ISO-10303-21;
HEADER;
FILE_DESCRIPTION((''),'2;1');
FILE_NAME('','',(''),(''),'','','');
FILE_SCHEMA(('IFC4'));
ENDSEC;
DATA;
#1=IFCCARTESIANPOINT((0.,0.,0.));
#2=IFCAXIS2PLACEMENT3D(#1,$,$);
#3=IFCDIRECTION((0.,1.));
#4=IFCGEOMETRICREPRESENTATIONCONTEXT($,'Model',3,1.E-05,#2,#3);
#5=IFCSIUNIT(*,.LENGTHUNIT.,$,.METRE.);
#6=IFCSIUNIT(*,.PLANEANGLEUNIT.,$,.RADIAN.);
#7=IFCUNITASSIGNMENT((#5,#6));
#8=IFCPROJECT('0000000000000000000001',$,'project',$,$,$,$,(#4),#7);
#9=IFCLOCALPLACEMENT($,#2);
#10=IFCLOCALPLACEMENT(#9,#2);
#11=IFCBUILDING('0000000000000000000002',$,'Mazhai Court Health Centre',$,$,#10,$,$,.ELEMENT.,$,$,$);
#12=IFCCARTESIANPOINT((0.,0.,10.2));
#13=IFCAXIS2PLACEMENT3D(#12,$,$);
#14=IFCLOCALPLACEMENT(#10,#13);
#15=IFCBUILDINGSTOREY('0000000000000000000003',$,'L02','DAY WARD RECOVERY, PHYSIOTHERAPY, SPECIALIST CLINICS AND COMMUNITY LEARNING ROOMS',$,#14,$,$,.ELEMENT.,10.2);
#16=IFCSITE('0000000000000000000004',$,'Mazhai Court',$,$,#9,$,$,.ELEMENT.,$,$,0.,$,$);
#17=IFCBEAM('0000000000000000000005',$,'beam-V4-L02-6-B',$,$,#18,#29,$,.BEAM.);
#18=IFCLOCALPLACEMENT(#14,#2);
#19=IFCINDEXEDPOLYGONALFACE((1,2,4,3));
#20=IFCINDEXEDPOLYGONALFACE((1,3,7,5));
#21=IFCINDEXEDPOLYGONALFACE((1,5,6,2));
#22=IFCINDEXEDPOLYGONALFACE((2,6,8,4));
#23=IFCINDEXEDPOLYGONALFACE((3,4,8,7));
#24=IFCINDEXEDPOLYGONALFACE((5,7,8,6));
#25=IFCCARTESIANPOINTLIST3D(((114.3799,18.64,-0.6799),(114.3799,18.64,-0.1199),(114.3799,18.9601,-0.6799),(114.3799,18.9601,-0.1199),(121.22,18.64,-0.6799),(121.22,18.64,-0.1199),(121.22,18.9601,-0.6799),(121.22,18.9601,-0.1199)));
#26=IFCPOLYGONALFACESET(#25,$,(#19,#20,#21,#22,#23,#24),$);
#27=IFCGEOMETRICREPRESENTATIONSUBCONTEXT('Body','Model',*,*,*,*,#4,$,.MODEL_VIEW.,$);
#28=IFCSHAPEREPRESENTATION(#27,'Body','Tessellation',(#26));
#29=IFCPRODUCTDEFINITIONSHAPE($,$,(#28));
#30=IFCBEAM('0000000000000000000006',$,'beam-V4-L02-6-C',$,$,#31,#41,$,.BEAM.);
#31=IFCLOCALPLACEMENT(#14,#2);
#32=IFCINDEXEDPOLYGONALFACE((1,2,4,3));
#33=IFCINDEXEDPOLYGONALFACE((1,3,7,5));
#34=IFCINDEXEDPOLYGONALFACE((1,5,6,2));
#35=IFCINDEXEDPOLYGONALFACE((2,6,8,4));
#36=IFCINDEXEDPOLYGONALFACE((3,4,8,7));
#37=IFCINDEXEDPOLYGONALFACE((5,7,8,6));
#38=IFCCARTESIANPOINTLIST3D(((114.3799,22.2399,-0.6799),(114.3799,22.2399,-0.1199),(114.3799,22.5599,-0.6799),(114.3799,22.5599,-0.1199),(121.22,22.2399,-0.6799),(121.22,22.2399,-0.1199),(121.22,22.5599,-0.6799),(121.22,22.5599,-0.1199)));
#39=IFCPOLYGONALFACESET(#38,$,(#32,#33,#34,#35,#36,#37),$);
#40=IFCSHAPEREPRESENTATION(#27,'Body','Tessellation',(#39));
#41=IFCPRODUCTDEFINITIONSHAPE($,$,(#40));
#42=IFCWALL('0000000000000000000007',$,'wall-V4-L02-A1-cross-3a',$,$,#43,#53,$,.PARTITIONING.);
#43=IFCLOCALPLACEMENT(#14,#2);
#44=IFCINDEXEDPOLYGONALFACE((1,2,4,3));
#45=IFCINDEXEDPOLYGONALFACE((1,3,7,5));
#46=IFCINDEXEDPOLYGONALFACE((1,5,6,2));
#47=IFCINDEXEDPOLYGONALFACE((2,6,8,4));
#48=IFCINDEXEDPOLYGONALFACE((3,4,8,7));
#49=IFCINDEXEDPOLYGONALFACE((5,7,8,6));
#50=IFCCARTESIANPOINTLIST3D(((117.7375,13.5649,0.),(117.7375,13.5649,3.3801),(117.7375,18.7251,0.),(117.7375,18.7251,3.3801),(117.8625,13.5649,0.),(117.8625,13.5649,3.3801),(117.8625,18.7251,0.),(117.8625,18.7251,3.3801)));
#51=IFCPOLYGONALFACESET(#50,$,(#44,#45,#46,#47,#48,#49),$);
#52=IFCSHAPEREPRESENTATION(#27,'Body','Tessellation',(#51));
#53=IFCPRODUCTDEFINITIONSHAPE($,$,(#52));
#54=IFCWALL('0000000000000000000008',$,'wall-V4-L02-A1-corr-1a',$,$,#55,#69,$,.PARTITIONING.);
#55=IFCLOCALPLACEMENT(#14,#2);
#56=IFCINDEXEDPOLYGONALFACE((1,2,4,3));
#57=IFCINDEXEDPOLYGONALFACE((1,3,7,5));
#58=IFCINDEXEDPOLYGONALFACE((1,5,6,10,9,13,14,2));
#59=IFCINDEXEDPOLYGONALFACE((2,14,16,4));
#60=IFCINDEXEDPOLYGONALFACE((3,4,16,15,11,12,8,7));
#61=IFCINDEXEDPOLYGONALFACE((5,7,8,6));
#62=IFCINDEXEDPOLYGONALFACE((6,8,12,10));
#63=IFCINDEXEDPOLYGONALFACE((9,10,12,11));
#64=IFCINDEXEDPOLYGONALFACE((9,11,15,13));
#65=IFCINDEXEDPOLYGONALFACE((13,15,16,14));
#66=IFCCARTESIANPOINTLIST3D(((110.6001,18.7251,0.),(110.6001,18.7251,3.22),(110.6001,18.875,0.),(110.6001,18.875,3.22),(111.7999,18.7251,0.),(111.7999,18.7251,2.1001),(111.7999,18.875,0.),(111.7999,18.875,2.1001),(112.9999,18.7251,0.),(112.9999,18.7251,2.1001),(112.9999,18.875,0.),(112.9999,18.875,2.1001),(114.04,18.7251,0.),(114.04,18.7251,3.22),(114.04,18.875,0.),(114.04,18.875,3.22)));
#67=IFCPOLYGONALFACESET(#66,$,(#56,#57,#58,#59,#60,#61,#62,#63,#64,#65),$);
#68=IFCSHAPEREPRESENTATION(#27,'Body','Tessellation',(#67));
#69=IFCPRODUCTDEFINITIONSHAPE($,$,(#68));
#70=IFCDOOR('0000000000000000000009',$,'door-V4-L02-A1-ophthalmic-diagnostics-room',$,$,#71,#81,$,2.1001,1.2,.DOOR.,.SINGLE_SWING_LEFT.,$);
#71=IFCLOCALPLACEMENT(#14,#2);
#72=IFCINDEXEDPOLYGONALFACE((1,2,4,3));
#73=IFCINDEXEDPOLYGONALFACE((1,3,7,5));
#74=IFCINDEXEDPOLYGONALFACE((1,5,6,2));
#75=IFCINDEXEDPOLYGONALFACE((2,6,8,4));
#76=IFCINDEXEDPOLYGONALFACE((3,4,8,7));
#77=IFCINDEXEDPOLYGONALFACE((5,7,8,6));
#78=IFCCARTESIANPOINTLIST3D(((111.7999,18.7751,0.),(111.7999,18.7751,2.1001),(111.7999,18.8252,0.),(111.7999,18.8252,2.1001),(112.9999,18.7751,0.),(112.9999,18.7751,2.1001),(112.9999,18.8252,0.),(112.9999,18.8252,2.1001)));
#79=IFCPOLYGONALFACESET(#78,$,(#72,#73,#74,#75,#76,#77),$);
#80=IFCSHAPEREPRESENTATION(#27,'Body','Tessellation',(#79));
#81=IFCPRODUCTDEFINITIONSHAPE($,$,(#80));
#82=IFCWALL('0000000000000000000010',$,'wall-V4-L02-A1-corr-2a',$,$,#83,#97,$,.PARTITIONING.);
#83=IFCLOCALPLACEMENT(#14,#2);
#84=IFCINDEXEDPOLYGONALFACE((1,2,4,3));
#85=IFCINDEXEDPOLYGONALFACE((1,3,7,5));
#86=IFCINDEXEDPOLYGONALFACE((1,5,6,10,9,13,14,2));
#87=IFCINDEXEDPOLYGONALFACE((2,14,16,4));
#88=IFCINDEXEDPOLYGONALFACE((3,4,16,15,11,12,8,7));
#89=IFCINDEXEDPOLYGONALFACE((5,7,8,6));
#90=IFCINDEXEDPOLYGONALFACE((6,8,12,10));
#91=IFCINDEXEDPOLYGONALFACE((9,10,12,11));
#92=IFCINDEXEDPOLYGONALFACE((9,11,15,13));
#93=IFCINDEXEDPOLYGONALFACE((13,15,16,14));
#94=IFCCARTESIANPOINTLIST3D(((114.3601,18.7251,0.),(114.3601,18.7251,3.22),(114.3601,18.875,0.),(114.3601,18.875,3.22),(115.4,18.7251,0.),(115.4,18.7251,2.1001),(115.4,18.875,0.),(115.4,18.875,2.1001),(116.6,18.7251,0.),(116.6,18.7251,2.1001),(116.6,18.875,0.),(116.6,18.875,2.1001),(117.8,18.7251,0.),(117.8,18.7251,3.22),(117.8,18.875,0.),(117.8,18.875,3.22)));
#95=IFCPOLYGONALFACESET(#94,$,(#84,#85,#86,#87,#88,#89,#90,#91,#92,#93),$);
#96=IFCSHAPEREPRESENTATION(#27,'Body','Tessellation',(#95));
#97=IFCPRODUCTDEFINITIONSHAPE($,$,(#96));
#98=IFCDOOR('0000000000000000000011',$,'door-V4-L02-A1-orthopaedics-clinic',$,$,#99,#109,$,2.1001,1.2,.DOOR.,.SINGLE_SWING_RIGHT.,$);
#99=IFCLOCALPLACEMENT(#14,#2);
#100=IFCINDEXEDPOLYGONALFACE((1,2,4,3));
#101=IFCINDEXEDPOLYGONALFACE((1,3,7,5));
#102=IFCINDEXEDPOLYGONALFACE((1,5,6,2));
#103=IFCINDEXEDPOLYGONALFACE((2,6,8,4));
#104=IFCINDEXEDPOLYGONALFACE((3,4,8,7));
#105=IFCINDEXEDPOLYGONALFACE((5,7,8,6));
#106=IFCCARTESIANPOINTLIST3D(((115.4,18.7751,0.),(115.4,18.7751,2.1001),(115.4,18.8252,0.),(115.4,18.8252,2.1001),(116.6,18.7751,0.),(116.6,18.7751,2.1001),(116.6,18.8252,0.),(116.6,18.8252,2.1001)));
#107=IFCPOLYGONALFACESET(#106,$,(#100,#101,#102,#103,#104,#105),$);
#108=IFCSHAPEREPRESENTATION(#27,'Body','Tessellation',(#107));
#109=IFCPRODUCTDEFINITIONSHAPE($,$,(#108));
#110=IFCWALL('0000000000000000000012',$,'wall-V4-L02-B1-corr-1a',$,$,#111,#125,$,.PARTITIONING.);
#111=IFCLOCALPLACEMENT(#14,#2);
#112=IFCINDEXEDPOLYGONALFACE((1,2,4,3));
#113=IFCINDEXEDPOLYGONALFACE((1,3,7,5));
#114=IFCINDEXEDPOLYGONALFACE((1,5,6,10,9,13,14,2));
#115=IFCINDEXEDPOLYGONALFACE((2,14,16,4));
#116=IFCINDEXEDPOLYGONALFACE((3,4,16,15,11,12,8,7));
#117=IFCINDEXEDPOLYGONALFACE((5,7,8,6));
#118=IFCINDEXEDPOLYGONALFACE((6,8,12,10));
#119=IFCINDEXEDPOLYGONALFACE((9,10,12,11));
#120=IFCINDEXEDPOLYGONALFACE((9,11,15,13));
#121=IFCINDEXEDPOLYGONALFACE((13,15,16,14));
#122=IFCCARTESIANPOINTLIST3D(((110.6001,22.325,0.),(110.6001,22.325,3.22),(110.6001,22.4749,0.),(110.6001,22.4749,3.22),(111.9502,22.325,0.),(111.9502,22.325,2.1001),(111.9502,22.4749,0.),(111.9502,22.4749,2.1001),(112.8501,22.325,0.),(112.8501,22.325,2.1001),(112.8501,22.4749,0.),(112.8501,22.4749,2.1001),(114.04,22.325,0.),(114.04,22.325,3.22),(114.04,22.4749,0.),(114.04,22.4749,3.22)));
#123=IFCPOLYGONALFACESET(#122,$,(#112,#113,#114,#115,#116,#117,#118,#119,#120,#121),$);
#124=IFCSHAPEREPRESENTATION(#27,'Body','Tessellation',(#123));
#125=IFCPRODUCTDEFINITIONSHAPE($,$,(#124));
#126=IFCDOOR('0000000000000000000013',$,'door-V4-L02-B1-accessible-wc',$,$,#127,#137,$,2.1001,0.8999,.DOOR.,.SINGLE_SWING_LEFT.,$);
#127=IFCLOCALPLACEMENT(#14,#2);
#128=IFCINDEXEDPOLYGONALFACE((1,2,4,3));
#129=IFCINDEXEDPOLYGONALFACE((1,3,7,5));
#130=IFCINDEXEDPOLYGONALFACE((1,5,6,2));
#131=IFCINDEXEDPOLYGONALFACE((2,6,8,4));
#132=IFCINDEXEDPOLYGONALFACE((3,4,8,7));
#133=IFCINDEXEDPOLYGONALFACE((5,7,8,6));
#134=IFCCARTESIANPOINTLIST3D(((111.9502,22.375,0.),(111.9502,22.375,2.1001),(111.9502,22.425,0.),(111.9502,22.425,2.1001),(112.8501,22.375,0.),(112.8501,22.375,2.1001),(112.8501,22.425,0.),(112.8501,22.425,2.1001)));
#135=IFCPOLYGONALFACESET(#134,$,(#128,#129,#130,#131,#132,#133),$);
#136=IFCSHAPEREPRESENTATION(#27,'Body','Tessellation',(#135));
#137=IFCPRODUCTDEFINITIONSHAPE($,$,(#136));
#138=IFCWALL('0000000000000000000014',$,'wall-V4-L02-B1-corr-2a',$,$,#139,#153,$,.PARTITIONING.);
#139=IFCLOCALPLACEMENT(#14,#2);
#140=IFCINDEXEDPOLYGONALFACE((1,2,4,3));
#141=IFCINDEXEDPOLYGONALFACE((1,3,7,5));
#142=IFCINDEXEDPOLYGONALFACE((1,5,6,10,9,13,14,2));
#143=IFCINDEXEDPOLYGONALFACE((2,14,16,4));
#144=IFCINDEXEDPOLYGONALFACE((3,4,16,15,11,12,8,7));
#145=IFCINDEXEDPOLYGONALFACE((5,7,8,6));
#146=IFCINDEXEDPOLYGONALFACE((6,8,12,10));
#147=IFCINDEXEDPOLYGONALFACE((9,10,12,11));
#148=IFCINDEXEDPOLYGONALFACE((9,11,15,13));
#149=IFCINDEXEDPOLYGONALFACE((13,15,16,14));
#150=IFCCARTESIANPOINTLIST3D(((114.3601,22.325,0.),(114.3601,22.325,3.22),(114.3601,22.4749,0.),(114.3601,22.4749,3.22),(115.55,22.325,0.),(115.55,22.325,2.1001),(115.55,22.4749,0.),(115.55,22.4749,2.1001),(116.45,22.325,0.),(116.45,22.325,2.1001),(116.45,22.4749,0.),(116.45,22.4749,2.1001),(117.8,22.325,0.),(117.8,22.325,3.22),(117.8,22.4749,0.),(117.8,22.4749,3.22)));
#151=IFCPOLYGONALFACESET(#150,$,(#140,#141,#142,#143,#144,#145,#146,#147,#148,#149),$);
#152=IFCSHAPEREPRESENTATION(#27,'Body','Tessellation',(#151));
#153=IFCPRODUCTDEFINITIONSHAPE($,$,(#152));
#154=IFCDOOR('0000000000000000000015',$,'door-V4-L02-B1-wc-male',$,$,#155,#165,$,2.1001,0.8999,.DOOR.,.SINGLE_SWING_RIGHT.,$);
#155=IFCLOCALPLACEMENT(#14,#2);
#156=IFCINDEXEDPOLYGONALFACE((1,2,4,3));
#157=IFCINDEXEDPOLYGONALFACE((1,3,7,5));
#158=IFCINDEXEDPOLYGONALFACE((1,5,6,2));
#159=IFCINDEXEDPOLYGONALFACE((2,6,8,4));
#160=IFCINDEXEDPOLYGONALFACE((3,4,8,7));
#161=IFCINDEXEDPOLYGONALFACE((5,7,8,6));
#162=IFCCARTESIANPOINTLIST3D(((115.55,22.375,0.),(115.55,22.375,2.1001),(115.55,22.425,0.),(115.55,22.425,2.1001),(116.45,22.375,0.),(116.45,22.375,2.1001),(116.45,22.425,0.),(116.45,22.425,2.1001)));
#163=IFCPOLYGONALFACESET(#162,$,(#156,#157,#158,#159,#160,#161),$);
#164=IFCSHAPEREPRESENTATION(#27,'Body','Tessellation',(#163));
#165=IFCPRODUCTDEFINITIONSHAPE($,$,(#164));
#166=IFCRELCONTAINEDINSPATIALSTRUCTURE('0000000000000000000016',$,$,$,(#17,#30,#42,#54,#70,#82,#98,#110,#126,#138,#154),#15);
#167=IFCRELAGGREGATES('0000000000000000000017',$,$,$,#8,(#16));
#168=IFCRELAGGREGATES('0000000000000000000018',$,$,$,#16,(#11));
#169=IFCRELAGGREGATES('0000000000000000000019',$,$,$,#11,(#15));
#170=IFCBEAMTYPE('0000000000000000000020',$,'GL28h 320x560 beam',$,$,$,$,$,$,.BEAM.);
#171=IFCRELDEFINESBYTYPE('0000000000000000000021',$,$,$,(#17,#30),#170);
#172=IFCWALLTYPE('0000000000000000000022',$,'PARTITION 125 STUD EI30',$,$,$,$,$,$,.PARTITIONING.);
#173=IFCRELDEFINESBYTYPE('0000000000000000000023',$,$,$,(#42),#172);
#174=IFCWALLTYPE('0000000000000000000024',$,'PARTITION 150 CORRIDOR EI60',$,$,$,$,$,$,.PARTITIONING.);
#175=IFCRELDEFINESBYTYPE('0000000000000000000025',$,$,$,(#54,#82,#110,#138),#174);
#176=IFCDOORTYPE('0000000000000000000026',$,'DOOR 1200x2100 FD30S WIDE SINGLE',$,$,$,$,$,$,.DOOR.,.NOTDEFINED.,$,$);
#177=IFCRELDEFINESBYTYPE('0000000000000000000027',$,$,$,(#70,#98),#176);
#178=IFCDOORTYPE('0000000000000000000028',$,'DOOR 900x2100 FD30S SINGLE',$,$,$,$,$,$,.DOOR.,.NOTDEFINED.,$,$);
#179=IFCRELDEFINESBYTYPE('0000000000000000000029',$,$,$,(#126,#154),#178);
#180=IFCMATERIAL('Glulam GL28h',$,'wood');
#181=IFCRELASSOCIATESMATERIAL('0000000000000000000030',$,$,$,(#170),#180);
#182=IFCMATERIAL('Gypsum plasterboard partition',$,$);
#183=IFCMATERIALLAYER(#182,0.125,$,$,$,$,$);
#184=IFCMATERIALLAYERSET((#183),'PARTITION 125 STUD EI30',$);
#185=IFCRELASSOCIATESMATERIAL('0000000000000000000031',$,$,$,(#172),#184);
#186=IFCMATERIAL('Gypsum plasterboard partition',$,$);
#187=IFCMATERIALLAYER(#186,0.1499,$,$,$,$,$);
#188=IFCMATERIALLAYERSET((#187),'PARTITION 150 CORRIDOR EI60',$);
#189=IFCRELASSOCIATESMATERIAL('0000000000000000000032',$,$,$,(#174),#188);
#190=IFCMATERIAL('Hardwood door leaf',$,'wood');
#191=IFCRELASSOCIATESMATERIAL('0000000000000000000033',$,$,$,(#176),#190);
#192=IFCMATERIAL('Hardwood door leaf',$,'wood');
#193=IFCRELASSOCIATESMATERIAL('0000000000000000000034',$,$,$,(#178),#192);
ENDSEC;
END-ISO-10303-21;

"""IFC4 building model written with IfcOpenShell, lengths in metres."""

from ifc_helpers import new_model, si_unit, direction, frame, frame_2d, origin, origin_2d, place, context, subcontext, project, spatial, rectangle, extrude, material, layer, layer_set, material_profile, profile_set, type_object, element, fill, save


model = new_model("IFC4")

# Units and contexts
model_context = context("Model", 3, precision=1e-05, world=origin(), true_north=direction((0.0, 1.0)))
body_context = subcontext(model_context, "Body", "Model", "MODEL_VIEW")
ifc_project = project(units=[si_unit("LENGTHUNIT", "METRE"), si_unit("PLANEANGLEUNIT", "RADIAN")], contexts=[model_context])

# Site, building, storey
site_placement = place(None, origin())
site = spatial("IfcSite", under=ifc_project, at=site_placement, Name="Mazhai Court", CompositionType="ELEMENT", RefElevation=0.0)
building_placement = place(site_placement, origin())
building = spatial("IfcBuilding", under=site, at=building_placement, Name="Mazhai Court Health Centre", CompositionType="ELEMENT")
storey_placement = place(building_placement, frame((0.0, 0.0, 10.2)))
storey = spatial("IfcBuildingStorey", under=building, at=storey_placement, Name="L02", Description="DAY WARD RECOVERY, PHYSIOTHERAPY, SPECIALIST CLINICS AND COMMUNITY LEARNING ROOMS", CompositionType="ELEMENT", Elevation=10.2)

# Beams
ifc_material_1 = material(Name="Glulam GL28h", Category="wood")
ifc_material_profile_1 = material_profile(ifc_material_1, rectangle(XDim=0.3201, YDim=0.5601, at=origin_2d()), Name="GL28h 320x560")
ifc_profile_set_1 = profile_set([ifc_material_profile_1], Name="Glulam GL28h")
beam_type_1 = type_object("IfcBeamType", Name="GL28h 320x560 beam", PredefinedType="BEAM", material=ifc_profile_set_1)
for number, where, z_axis, x_axis, name in (
    (1, (114.3799, 18.8, -0.3999), (1.0, 0.0, 0.0), (0.0, 1.0, 0.0), "beam-V4-L02-6-B"),
    (2, (114.3799, 22.3999, -0.3999), (1.0, 0.0, 0.0), (0.0, 1.0, 0.0), "beam-V4-L02-6-C"),
):
    element("IfcBeam", number, at=place(storey_placement, frame(where, z_axis=z_axis, x_axis=x_axis)), inside=storey, type_object=beam_type_1, Name=name, PredefinedType="BEAM", context=body_context, shape_type="SweptSolid", body=[
        extrude(rectangle(XDim=0.3201, YDim=0.5601, at=origin_2d()), origin(), (0.0, 0.0, 1.0), 6.8401),
    ])

# Wall
ifc_material_2 = material(Name="Gypsum plasterboard partition")
ifc_layer_1 = layer(ifc_material_2, 0.125)
ifc_layer_set_1 = layer_set([ifc_layer_1], Name="PARTITION 125 STUD EI30")
wall_type_1 = type_object("IfcWallType", Name="PARTITION 125 STUD EI30", PredefinedType="PARTITIONING", material=ifc_layer_set_1)
wall_1_placement = place(storey_placement, frame((117.8, 13.5649, 0.0), z_axis=(0.0, 0.0, 1.0), x_axis=(0.0, 1.0, 0.0)))
element("IfcWall", 3, at=wall_1_placement, inside=storey, type_object=wall_type_1, Name="wall-V4-L02-A1-cross-3a", PredefinedType="PARTITIONING", context=body_context, shape_type="SweptSolid", body=[
    extrude(rectangle(XDim=5.1602, YDim=0.125, at=frame_2d((2.5801, 0.0))), origin(), (0.0, 0.0, 1.0), 3.3801),
])

# Walls, openings, doors
ifc_material_3 = material(Name="Gypsum plasterboard partition")
ifc_layer_2 = layer(ifc_material_3, 0.1499)
ifc_layer_set_2 = layer_set([ifc_layer_2], Name="PARTITION 150 CORRIDOR EI60")
wall_type_2 = type_object("IfcWallType", Name="PARTITION 150 CORRIDOR EI60", PredefinedType="PARTITIONING", material=ifc_layer_set_2)
wall_2_placement = place(storey_placement, frame((114.04, 18.8, 0.0), z_axis=(0.0, 0.0, 1.0), x_axis=(-1.0, 0.0, 0.0)))
wall_2 = element("IfcWall", 4, at=wall_2_placement, inside=storey, type_object=wall_type_2, Name="wall-V4-L02-A1-corr-1a", PredefinedType="PARTITIONING", context=body_context, shape_type="SweptSolid", body=[
    extrude(rectangle(XDim=3.4399, YDim=0.1499, at=frame_2d((1.72, 0.0))), origin(), (0.0, 0.0, 1.0), 3.22),
])
opening_1_placement = place(wall_2_placement, frame((1.04, 0.0, 0.0)))
opening_1 = element("IfcOpeningElement", 5, at=opening_1_placement, cuts=wall_2, PredefinedType="OPENING", context=body_context, shape_type="SweptSolid", body=[
    extrude(rectangle(XDim=1.2, YDim=2.1001, at=frame_2d((0.6001, 1.05))), frame((0.0, 0.085, 0.0), z_axis=(0.0, -1.0, 0.0), x_axis=(1.0, 0.0, 0.0)), (0.0, 0.0, 1.0), 0.1699),
])
ifc_material_4 = material(Name="Hardwood door leaf", Category="wood")
door_type_1 = type_object("IfcDoorType", Name="DOOR 1200x2100 FD30S WIDE SINGLE", OperationType="NOTDEFINED", PredefinedType="DOOR", material=ifc_material_4)
door_1_placement = place(opening_1_placement, origin())
door_1 = element("IfcDoor", 6, at=door_1_placement, inside=storey, type_object=door_type_1, Name="door-V4-L02-A1-ophthalmic-diagnostics-room", OperationType="SINGLE_SWING_LEFT", OverallHeight=2.1001, OverallWidth=1.2, PredefinedType="DOOR", context=body_context, shape_type="SweptSolid", body=[
    extrude(rectangle(XDim=1.2, YDim=2.1001, at=frame_2d((0.6001, 1.05))), frame((0.0, 0.0249, 0.0), z_axis=(0.0, -1.0, 0.0), x_axis=(1.0, 0.0, 0.0)), (0.0, 0.0, 1.0), 0.05),
])
fill(opening_1, door_1)
wall_3_placement = place(storey_placement, frame((117.8, 18.8, 0.0), z_axis=(0.0, 0.0, 1.0), x_axis=(-1.0, 0.0, 0.0)))
wall_3 = element("IfcWall", 7, at=wall_3_placement, inside=storey, type_object=wall_type_2, Name="wall-V4-L02-A1-corr-2a", PredefinedType="PARTITIONING", context=body_context, shape_type="SweptSolid", body=[
    extrude(rectangle(XDim=3.4399, YDim=0.1499, at=frame_2d((1.72, 0.0))), origin(), (0.0, 0.0, 1.0), 3.22),
])
opening_2_placement = place(wall_3_placement, frame((1.2, 0.0, 0.0)))
opening_2 = element("IfcOpeningElement", 8, at=opening_2_placement, cuts=wall_3, PredefinedType="OPENING", context=body_context, shape_type="SweptSolid", body=[
    extrude(rectangle(XDim=1.2, YDim=2.1001, at=frame_2d((0.6001, 1.05))), frame((0.0, 0.085, 0.0), z_axis=(0.0, -1.0, 0.0), x_axis=(1.0, 0.0, 0.0)), (0.0, 0.0, 1.0), 0.1699),
])
door_2_placement = place(opening_2_placement, origin())
door_2 = element("IfcDoor", 9, at=door_2_placement, inside=storey, type_object=door_type_1, Name="door-V4-L02-A1-orthopaedics-clinic", OperationType="SINGLE_SWING_RIGHT", OverallHeight=2.1001, OverallWidth=1.2, PredefinedType="DOOR", context=body_context, shape_type="SweptSolid", body=[
    extrude(rectangle(XDim=1.2, YDim=2.1001, at=frame_2d((0.6001, 1.05))), frame((0.0, 0.0249, 0.0), z_axis=(0.0, -1.0, 0.0), x_axis=(1.0, 0.0, 0.0)), (0.0, 0.0, 1.0), 0.05),
])
fill(opening_2, door_2)
wall_4_placement = place(storey_placement, frame((114.04, 22.3999, 0.0), z_axis=(0.0, 0.0, 1.0), x_axis=(-1.0, 0.0, 0.0)))
wall_4 = element("IfcWall", 10, at=wall_4_placement, inside=storey, type_object=wall_type_2, Name="wall-V4-L02-B1-corr-1a", PredefinedType="PARTITIONING", context=body_context, shape_type="SweptSolid", body=[
    extrude(rectangle(XDim=3.4399, YDim=0.1499, at=frame_2d((1.72, 0.0))), origin(), (0.0, 0.0, 1.0), 3.22),
])
opening_3_placement = place(wall_4_placement, frame((1.1899, 0.0, 0.0)))
opening_3 = element("IfcOpeningElement", 11, at=opening_3_placement, cuts=wall_4, PredefinedType="OPENING", context=body_context, shape_type="SweptSolid", body=[
    extrude(rectangle(XDim=0.8999, YDim=2.1001, at=frame_2d((0.45, 1.05))), frame((0.0, 0.085, 0.0), z_axis=(0.0, -1.0, 0.0), x_axis=(1.0, 0.0, 0.0)), (0.0, 0.0, 1.0), 0.1699),
])
ifc_material_5 = material(Name="Hardwood door leaf", Category="wood")
door_type_2 = type_object("IfcDoorType", Name="DOOR 900x2100 FD30S SINGLE", OperationType="NOTDEFINED", PredefinedType="DOOR", material=ifc_material_5)
door_3_placement = place(opening_3_placement, origin())
door_3 = element("IfcDoor", 12, at=door_3_placement, inside=storey, type_object=door_type_2, Name="door-V4-L02-B1-accessible-wc", OperationType="SINGLE_SWING_LEFT", OverallHeight=2.1001, OverallWidth=0.8999, PredefinedType="DOOR", context=body_context, shape_type="SweptSolid", body=[
    extrude(rectangle(XDim=0.8999, YDim=2.1001, at=frame_2d((0.45, 1.05))), frame((0.0, 0.0249, 0.0), z_axis=(0.0, -1.0, 0.0), x_axis=(1.0, 0.0, 0.0)), (0.0, 0.0, 1.0), 0.05),
])
fill(opening_3, door_3)
wall_5_placement = place(storey_placement, frame((117.8, 22.3999, 0.0), z_axis=(0.0, 0.0, 1.0), x_axis=(-1.0, 0.0, 0.0)))
wall_5 = element("IfcWall", 13, at=wall_5_placement, inside=storey, type_object=wall_type_2, Name="wall-V4-L02-B1-corr-2a", PredefinedType="PARTITIONING", context=body_context, shape_type="SweptSolid", body=[
    extrude(rectangle(XDim=3.4399, YDim=0.1499, at=frame_2d((1.72, 0.0))), origin(), (0.0, 0.0, 1.0), 3.22),
])
opening_4_placement = place(wall_5_placement, frame((1.3501, 0.0, 0.0)))
opening_4 = element("IfcOpeningElement", 14, at=opening_4_placement, cuts=wall_5, PredefinedType="OPENING", context=body_context, shape_type="SweptSolid", body=[
    extrude(rectangle(XDim=0.8999, YDim=2.1001, at=frame_2d((0.45, 1.05))), frame((0.0, 0.085, 0.0), z_axis=(0.0, -1.0, 0.0), x_axis=(1.0, 0.0, 0.0)), (0.0, 0.0, 1.0), 0.1699),
])
door_4_placement = place(opening_4_placement, origin())
door_4 = element("IfcDoor", 15, at=door_4_placement, inside=storey, type_object=door_type_2, Name="door-V4-L02-B1-wc-male", OperationType="SINGLE_SWING_RIGHT", OverallHeight=2.1001, OverallWidth=0.8999, PredefinedType="DOOR", context=body_context, shape_type="SweptSolid", body=[
    extrude(rectangle(XDim=0.8999, YDim=2.1001, at=frame_2d((0.45, 1.05))), frame((0.0, 0.0249, 0.0), z_axis=(0.0, -1.0, 0.0), x_axis=(1.0, 0.0, 0.0)), (0.0, 0.0, 1.0), 0.05),
])
fill(opening_4, door_4)

save(model, "model.ifc")
